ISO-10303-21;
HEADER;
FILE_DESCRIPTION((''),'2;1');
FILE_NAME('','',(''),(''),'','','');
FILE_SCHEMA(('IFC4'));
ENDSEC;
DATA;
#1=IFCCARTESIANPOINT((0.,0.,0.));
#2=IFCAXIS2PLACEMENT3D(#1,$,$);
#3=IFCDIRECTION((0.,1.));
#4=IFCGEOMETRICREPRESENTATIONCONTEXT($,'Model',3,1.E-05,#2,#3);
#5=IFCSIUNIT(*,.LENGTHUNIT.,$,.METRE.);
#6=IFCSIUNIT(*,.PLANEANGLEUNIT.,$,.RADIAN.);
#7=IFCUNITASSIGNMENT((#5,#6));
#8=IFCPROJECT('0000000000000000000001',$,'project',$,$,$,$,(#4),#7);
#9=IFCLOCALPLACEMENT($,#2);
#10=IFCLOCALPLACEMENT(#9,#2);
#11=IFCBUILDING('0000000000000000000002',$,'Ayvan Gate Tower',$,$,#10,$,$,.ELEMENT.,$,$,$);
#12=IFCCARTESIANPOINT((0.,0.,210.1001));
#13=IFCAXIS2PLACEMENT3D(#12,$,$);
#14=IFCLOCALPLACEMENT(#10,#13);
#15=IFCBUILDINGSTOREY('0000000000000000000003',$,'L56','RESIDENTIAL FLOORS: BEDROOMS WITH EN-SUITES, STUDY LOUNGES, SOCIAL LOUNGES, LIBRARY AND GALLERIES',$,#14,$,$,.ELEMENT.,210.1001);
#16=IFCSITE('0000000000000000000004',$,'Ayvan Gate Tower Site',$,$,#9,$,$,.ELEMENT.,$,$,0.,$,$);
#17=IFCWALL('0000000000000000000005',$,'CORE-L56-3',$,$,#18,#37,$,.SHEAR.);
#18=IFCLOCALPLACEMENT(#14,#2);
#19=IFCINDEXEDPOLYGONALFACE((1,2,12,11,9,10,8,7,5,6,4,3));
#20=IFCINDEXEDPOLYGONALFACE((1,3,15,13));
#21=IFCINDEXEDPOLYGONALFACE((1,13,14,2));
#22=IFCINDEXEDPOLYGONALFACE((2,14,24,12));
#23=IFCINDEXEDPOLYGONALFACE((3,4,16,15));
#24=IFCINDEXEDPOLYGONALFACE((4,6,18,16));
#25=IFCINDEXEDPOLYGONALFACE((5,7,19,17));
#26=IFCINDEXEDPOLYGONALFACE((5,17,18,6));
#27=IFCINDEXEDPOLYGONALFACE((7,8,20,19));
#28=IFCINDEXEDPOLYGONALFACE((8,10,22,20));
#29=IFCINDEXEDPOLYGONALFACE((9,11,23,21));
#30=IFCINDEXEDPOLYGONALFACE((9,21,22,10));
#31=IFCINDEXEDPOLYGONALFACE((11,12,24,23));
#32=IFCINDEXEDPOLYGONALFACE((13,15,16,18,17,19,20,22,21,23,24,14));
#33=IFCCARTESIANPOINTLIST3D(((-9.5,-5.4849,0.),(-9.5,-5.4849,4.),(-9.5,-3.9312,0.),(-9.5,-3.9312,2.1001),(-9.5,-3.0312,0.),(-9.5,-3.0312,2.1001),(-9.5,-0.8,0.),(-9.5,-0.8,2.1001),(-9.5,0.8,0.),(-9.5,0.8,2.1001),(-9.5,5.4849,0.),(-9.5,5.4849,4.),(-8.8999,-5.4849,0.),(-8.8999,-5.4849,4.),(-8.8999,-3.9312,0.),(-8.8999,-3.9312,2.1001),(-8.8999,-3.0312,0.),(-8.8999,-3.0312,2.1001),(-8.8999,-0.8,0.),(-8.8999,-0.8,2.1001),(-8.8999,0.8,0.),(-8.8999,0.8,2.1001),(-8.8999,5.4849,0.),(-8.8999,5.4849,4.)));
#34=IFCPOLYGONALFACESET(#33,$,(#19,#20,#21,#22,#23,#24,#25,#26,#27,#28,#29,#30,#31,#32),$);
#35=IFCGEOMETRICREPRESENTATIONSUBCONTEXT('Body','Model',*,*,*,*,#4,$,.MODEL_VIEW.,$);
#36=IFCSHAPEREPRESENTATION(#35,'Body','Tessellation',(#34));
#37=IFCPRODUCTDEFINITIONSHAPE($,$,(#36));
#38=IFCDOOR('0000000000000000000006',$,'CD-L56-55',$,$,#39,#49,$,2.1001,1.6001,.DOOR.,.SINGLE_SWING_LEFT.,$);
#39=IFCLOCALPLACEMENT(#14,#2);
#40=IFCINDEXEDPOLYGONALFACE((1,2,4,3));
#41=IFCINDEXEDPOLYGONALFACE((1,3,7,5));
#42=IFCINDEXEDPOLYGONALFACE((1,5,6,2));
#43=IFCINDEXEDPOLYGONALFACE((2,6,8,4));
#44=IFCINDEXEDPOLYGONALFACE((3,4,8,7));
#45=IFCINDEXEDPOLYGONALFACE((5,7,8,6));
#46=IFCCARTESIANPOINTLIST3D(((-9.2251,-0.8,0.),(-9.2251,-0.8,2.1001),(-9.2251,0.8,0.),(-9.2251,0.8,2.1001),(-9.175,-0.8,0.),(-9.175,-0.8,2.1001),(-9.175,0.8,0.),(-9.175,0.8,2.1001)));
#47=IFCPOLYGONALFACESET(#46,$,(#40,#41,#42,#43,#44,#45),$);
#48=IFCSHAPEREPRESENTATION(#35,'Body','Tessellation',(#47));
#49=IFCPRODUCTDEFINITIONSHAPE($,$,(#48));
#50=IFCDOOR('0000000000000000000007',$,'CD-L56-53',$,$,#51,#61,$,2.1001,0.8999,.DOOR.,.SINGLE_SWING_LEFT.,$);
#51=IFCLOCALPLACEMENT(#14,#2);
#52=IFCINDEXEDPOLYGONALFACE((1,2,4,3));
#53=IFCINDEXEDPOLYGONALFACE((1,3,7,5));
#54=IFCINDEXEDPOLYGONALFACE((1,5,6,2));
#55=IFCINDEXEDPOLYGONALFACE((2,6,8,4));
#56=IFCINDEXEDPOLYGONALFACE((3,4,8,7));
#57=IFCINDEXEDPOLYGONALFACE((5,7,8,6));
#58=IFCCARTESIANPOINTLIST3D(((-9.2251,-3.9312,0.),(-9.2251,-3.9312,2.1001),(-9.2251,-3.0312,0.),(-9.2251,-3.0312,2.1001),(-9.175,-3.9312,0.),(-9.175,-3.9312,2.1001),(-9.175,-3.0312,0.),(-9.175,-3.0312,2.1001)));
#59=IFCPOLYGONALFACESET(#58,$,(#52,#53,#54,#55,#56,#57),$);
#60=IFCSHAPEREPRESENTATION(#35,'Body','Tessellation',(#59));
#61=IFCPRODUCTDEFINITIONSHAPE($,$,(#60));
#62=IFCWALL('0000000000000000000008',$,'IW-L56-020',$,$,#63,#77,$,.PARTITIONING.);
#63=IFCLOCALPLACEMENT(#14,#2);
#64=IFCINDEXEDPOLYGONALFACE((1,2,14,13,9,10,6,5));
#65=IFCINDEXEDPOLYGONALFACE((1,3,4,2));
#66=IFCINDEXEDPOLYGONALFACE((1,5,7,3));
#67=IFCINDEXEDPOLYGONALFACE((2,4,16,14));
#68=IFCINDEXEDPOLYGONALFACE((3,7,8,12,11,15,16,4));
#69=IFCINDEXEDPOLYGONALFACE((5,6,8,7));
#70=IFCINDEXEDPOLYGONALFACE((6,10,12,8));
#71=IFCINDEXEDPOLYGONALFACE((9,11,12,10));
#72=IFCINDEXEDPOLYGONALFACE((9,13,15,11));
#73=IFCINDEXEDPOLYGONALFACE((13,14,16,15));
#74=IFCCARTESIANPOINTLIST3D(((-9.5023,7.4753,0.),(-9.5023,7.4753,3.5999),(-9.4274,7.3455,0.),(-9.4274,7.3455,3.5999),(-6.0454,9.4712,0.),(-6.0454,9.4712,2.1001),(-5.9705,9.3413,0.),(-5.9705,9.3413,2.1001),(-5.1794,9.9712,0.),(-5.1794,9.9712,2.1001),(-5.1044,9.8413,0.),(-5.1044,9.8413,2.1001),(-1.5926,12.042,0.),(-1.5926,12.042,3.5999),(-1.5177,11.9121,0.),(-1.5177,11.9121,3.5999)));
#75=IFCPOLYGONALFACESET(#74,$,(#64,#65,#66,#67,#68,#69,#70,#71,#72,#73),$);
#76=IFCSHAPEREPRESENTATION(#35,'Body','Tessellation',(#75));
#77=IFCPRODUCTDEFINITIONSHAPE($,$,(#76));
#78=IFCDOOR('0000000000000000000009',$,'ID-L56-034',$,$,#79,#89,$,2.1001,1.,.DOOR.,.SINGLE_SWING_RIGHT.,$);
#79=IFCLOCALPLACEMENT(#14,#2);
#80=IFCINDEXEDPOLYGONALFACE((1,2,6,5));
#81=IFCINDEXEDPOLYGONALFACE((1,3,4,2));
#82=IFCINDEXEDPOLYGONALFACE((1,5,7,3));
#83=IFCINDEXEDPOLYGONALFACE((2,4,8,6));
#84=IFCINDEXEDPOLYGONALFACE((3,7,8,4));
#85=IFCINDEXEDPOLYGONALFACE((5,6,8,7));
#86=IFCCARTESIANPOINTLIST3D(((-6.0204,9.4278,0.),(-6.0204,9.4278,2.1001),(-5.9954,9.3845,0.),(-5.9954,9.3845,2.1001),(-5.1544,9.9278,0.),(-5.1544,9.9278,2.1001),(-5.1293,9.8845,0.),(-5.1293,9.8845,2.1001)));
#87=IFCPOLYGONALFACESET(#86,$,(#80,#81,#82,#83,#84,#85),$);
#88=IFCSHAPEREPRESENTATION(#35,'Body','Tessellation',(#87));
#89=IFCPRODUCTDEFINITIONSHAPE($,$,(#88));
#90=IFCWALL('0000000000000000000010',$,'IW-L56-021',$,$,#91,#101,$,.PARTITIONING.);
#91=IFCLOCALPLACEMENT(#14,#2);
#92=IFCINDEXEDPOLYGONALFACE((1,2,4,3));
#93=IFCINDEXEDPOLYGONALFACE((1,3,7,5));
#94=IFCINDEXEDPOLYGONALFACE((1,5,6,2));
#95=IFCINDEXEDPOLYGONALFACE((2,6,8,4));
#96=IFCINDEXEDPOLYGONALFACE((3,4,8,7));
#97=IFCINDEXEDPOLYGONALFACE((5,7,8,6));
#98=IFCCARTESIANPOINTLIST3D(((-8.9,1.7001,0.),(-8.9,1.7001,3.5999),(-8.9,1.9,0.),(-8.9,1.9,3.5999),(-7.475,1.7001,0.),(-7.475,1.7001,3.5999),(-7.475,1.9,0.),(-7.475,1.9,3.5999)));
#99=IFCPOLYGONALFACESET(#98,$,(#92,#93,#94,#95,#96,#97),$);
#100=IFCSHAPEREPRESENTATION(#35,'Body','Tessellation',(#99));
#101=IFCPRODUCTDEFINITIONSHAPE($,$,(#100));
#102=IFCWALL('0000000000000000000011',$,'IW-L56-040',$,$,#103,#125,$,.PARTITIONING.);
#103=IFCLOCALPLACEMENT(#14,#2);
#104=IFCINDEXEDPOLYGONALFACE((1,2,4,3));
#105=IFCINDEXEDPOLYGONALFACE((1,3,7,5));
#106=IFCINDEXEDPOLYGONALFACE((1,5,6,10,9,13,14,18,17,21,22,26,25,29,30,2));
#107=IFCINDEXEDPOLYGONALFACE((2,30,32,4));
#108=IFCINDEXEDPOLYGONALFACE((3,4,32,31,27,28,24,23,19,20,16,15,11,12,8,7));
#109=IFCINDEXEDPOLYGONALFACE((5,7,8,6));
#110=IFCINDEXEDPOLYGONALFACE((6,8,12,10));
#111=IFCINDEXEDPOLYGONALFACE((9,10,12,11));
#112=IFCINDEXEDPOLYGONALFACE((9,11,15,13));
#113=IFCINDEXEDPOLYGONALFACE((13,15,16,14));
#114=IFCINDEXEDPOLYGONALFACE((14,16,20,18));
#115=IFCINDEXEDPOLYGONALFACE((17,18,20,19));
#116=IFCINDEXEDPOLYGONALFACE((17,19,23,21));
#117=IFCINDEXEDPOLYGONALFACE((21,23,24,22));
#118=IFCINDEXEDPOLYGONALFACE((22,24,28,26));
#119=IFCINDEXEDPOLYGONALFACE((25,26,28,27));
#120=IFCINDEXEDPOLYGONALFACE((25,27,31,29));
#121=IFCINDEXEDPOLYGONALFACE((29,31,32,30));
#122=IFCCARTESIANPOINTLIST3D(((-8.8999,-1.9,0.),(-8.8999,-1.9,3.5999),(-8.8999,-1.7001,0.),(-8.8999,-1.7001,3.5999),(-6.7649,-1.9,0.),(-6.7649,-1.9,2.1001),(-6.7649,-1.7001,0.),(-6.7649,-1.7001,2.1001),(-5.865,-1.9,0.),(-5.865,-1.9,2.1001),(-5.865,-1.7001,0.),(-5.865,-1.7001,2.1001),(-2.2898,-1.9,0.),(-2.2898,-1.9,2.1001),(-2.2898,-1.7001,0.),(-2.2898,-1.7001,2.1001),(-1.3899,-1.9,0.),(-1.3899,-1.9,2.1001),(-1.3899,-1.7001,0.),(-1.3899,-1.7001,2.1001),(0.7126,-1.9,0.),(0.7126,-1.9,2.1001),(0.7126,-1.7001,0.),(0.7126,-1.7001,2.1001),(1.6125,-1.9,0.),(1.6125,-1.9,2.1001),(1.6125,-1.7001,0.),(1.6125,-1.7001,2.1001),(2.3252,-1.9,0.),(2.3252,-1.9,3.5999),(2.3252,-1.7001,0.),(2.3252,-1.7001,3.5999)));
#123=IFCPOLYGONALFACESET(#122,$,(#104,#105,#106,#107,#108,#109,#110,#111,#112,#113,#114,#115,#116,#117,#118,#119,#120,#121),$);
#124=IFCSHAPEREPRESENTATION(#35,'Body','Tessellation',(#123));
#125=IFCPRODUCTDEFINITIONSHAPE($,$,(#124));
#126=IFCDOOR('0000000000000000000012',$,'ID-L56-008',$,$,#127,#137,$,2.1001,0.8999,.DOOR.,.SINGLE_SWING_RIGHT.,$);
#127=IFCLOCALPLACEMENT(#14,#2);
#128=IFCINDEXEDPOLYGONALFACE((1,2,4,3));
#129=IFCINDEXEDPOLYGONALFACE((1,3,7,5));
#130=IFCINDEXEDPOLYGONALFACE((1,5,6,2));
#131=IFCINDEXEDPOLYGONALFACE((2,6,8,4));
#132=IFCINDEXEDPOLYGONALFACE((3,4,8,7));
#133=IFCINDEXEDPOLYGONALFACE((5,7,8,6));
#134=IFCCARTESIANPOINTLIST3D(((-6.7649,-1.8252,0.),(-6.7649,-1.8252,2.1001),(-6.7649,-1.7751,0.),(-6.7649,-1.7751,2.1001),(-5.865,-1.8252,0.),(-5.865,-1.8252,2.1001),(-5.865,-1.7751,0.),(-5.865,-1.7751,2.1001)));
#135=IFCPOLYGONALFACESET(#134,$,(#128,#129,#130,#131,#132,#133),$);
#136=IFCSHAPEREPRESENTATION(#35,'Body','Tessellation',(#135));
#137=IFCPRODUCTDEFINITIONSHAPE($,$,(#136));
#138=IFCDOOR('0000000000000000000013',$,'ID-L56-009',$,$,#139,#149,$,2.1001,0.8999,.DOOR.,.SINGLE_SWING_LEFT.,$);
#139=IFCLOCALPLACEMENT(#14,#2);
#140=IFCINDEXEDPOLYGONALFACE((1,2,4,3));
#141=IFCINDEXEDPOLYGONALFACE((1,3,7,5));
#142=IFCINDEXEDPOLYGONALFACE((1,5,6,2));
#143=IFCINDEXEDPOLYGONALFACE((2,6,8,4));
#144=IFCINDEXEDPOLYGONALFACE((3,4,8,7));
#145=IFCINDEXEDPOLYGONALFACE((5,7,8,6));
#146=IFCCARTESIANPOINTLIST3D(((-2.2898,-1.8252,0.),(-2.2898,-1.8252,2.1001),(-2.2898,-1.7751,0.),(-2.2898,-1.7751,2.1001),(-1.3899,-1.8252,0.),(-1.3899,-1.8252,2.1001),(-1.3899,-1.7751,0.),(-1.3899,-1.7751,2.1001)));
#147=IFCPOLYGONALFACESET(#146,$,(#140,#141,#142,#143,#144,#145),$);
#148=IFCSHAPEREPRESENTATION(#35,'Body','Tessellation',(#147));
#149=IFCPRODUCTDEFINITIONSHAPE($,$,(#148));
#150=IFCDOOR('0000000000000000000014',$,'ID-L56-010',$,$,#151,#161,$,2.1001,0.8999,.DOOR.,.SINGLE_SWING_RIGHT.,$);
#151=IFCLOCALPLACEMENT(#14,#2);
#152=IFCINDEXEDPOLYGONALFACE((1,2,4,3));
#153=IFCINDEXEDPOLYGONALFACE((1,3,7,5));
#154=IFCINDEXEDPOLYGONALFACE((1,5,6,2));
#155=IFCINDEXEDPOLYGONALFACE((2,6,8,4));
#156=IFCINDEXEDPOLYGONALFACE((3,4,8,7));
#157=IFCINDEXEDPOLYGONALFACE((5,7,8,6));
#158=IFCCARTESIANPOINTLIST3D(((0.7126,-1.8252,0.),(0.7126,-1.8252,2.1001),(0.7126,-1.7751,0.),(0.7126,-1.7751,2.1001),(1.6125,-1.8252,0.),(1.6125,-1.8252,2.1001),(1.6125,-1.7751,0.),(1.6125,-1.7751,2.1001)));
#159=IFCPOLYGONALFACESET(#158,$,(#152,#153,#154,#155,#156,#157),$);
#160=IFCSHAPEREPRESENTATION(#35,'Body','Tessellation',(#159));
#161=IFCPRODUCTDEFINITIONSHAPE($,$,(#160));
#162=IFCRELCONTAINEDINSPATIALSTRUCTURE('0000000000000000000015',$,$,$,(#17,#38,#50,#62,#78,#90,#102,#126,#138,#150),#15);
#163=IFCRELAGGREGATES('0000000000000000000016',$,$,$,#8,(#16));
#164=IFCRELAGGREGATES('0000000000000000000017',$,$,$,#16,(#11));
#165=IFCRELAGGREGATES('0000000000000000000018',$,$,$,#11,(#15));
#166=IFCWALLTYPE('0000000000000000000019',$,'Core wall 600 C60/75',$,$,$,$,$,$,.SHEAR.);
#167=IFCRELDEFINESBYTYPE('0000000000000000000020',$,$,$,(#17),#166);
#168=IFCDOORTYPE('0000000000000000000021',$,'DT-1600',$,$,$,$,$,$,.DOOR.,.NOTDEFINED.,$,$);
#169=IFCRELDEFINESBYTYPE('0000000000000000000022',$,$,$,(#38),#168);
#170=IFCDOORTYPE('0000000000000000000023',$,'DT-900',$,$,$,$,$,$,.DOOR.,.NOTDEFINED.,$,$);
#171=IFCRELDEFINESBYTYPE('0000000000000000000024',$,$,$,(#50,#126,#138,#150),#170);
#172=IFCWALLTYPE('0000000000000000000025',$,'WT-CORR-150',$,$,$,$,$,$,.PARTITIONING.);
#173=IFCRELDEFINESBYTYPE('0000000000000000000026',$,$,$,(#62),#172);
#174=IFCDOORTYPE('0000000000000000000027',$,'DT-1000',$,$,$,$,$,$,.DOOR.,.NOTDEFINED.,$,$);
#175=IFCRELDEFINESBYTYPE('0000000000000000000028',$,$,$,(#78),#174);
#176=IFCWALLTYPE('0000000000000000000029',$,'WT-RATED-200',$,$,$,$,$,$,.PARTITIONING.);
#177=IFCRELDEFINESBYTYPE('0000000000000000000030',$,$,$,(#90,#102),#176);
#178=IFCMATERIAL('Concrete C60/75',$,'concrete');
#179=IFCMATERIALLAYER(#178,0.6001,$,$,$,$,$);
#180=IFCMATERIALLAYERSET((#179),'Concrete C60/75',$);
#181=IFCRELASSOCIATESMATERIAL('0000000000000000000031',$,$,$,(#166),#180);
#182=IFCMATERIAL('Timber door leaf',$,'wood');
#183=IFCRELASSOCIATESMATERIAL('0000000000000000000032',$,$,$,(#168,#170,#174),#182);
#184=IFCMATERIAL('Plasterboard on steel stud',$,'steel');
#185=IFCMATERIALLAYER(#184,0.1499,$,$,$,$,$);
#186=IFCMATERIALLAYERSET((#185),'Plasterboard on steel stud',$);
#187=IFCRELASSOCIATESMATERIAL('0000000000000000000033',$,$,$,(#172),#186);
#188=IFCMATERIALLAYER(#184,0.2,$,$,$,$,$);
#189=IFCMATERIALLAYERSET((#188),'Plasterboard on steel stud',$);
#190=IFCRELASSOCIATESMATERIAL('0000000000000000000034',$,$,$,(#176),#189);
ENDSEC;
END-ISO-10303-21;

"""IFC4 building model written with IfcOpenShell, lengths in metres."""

from ifc_helpers import new_model, si_unit, direction, frame, frame_2d, origin, place, context, subcontext, project, spatial, rectangle, extrude, material, layer, layer_set, type_object, element, fill, save


model = new_model("IFC4")

# Units and contexts
model_context = context("Model", 3, precision=1e-05, world=origin(), true_north=direction((0.0, 1.0)))
body_context = subcontext(model_context, "Body", "Model", "MODEL_VIEW")
ifc_project = project(units=[si_unit("LENGTHUNIT", "METRE"), si_unit("PLANEANGLEUNIT", "RADIAN")], contexts=[model_context])

# Site, building, storey
site_placement = place(None, origin())
site = spatial("IfcSite", under=ifc_project, at=site_placement, Name="Ayvan Gate Tower Site", CompositionType="ELEMENT", RefElevation=0.0)
building_placement = place(site_placement, origin())
building = spatial("IfcBuilding", under=site, at=building_placement, Name="Ayvan Gate Tower", CompositionType="ELEMENT")
storey_placement = place(building_placement, frame((0.0, 0.0, 210.1001)))
storey = spatial("IfcBuildingStorey", under=building, at=storey_placement, Name="L56", Description="RESIDENTIAL FLOORS: BEDROOMS WITH EN-SUITES, STUDY LOUNGES, SOCIAL LOUNGES, LIBRARY AND GALLERIES", CompositionType="ELEMENT", Elevation=210.1001)

# Wall, openings, doors
ifc_material_1 = material(Name="Concrete C60/75", Category="concrete")
ifc_layer_1 = layer(ifc_material_1, 0.6001)
ifc_layer_set_1 = layer_set([ifc_layer_1], Name="Concrete C60/75")
wall_type_1 = type_object("IfcWallType", Name="Core wall 600 C60/75", PredefinedType="SHEAR", material=ifc_layer_set_1)
wall_1_placement = place(storey_placement, frame((-9.2, 5.4849, 0.0), z_axis=(0.0, 0.0, 1.0), x_axis=(0.0, -1.0, 0.0)))
wall_1 = element("IfcWall", 1, at=wall_1_placement, inside=storey, type_object=wall_type_1, Name="CORE-L56-3", PredefinedType="SHEAR", context=body_context, shape_type="SweptSolid", body=[
    extrude(rectangle(XDim=10.9697, YDim=0.6001, at=frame_2d((5.4849, 0.0))), origin(), (0.0, 0.0, 1.0), 4.0),
])
opening_1_placement = place(wall_1_placement, frame((8.5161, 0.0, 0.0)))
opening_1 = element("IfcOpeningElement", 2, at=opening_1_placement, cuts=wall_1, PredefinedType="OPENING", context=body_context, shape_type="SweptSolid", body=[
    extrude(rectangle(XDim=0.8999, YDim=2.1001, at=frame_2d((0.45, 1.05))), frame((0.0, 0.3101, 0.0), z_axis=(0.0, -1.0, 0.0), x_axis=(1.0, 0.0, 0.0)), (0.0, 0.0, 1.0), 0.6201),
])
opening_2_placement = place(wall_1_placement, frame((4.6848, 0.0, 0.0)))
opening_2 = element("IfcOpeningElement", 3, at=opening_2_placement, cuts=wall_1, PredefinedType="OPENING", context=body_context, shape_type="SweptSolid", body=[
    extrude(rectangle(XDim=1.6001, YDim=2.1001, at=frame_2d((0.8, 1.05))), frame((0.0, 0.3101, 0.0), z_axis=(0.0, -1.0, 0.0), x_axis=(1.0, 0.0, 0.0)), (0.0, 0.0, 1.0), 0.6201),
])
ifc_material_2 = material(Name="Timber door leaf", Category="wood")
door_type_1 = type_object("IfcDoorType", Name="DT-1600", OperationType="NOTDEFINED", PredefinedType="DOOR", material=ifc_material_2)
door_1_placement = place(opening_2_placement, origin())
door_1 = element("IfcDoor", 4, at=door_1_placement, inside=storey, type_object=door_type_1, Name="CD-L56-55", OperationType="SINGLE_SWING_LEFT", OverallHeight=2.1001, OverallWidth=1.6001, PredefinedType="DOOR", context=body_context, shape_type="SweptSolid", body=[
    extrude(rectangle(XDim=1.6001, YDim=2.1001, at=frame_2d((0.8, 1.05))), frame((0.0, 0.0249, 0.0), z_axis=(0.0, -1.0, 0.0), x_axis=(1.0, 0.0, 0.0)), (0.0, 0.0, 1.0), 0.05),
])
fill(opening_2, door_1)
door_type_2 = type_object("IfcDoorType", Name="DT-900", OperationType="NOTDEFINED", PredefinedType="DOOR", material=ifc_material_2)
door_2_placement = place(opening_1_placement, origin())
door_2 = element("IfcDoor", 5, at=door_2_placement, inside=storey, type_object=door_type_2, Name="CD-L56-53", OperationType="SINGLE_SWING_LEFT", OverallHeight=2.1001, OverallWidth=0.8999, PredefinedType="DOOR", context=body_context, shape_type="SweptSolid", body=[
    extrude(rectangle(XDim=0.8999, YDim=2.1001, at=frame_2d((0.45, 1.05))), frame((0.0, 0.0249, 0.0), z_axis=(0.0, -1.0, 0.0), x_axis=(1.0, 0.0, 0.0)), (0.0, 0.0, 1.0), 0.05),
])
fill(opening_1, door_2)

# Wall, opening, door
ifc_material_3 = material(Name="Plasterboard on steel stud", Category="steel")
ifc_layer_2 = layer(ifc_material_3, 0.1499)
ifc_layer_set_2 = layer_set([ifc_layer_2], Name="Plasterboard on steel stud")
wall_type_2 = type_object("IfcWallType", Name="WT-CORR-150", PredefinedType="PARTITIONING", material=ifc_layer_set_2)
wall_2_placement = place(storey_placement, frame((-9.4648, 7.4104, 0.0), z_axis=(0.0, 0.0, 1.0), x_axis=(0.866025, 0.5, 0.0)))
wall_2 = element("IfcWall", 6, at=wall_2_placement, inside=storey, type_object=wall_type_2, Name="IW-L56-020", PredefinedType="PARTITIONING", context=body_context, shape_type="SweptSolid", body=[
    extrude(rectangle(XDim=9.1333, YDim=0.1499, at=frame_2d((4.5667, 0.0))), origin(), (0.0, 0.0, 1.0), 3.5999),
])
opening_3_placement = place(wall_2_placement, frame((3.9917, 0.0, 0.0)))
opening_3 = element("IfcOpeningElement", 7, at=opening_3_placement, cuts=wall_2, PredefinedType="OPENING", context=body_context, shape_type="SweptSolid", body=[
    extrude(rectangle(XDim=1.0, YDim=2.1001, at=frame_2d((0.5, 1.05))), frame((0.0, 0.085, 0.0), z_axis=(0.0, -1.0, 0.0), x_axis=(1.0, 0.0, 0.0)), (0.0, 0.0, 1.0), 0.1699),
])
door_type_3 = type_object("IfcDoorType", Name="DT-1000", OperationType="NOTDEFINED", PredefinedType="DOOR", material=ifc_material_2)
door_3_placement = place(opening_3_placement, origin())
door_3 = element("IfcDoor", 8, at=door_3_placement, inside=storey, type_object=door_type_3, Name="ID-L56-034", OperationType="SINGLE_SWING_RIGHT", OverallHeight=2.1001, OverallWidth=1.0, PredefinedType="DOOR", context=body_context, shape_type="SweptSolid", body=[
    extrude(rectangle(XDim=1.0, YDim=2.1001, at=frame_2d((0.5, 1.05))), frame((0.0, 0.0249, 0.0), z_axis=(0.0, -1.0, 0.0), x_axis=(1.0, 0.0, 0.0)), (0.0, 0.0, 1.0), 0.05),
])
fill(opening_3, door_3)

# Wall
ifc_layer_3 = layer(ifc_material_3, 0.2)
ifc_layer_set_3 = layer_set([ifc_layer_3], Name="Plasterboard on steel stud")
wall_type_3 = type_object("IfcWallType", Name="WT-RATED-200", PredefinedType="PARTITIONING", material=ifc_layer_set_3)
wall_3_placement = place(storey_placement, frame((-8.8999, 1.8, 0.0), z_axis=(0.0, 0.0, 1.0), x_axis=(1.0, 0.0, 0.0)))
element("IfcWall", 9, at=wall_3_placement, inside=storey, type_object=wall_type_3, Name="IW-L56-021", PredefinedType="PARTITIONING", context=body_context, shape_type="SweptSolid", body=[
    extrude(rectangle(XDim=1.425, YDim=0.2, at=frame_2d((0.7124, 0.0))), origin(), (0.0, 0.0, 1.0), 3.5999),
])

# Wall, openings, doors
wall_4_placement = place(storey_placement, frame((-8.8999, -1.8, 0.0), z_axis=(0.0, 0.0, 1.0), x_axis=(1.0, 0.0, 0.0)))
wall_4 = element("IfcWall", 10, at=wall_4_placement, inside=storey, type_object=wall_type_3, Name="IW-L56-040", PredefinedType="PARTITIONING", context=body_context, shape_type="SweptSolid", body=[
    extrude(rectangle(XDim=11.2251, YDim=0.2, at=frame_2d((5.6125, 0.0))), origin(), (0.0, 0.0, 1.0), 3.5999),
])
opening_4_placement = place(wall_4_placement, frame((2.135, 0.0, 0.0)))
opening_4 = element("IfcOpeningElement", 11, at=opening_4_placement, cuts=wall_4, PredefinedType="OPENING", context=body_context, shape_type="SweptSolid", body=[
    extrude(rectangle(XDim=0.8999, YDim=2.1001, at=frame_2d((0.45, 1.05))), frame((0.0, 0.1099, 0.0), z_axis=(0.0, -1.0, 0.0), x_axis=(1.0, 0.0, 0.0)), (0.0, 0.0, 1.0), 0.22),
])
opening_5_placement = place(wall_4_placement, frame((6.6101, 0.0, 0.0)))
opening_5 = element("IfcOpeningElement", 12, at=opening_5_placement, cuts=wall_4, PredefinedType="OPENING", context=body_context, shape_type="SweptSolid", body=[
    extrude(rectangle(XDim=0.8999, YDim=2.1001, at=frame_2d((0.45, 1.05))), frame((0.0, 0.1099, 0.0), z_axis=(0.0, -1.0, 0.0), x_axis=(1.0, 0.0, 0.0)), (0.0, 0.0, 1.0), 0.22),
])
opening_6_placement = place(wall_4_placement, frame((9.6125, 0.0, 0.0)))
opening_6 = element("IfcOpeningElement", 13, at=opening_6_placement, cuts=wall_4, PredefinedType="OPENING", context=body_context, shape_type="SweptSolid", body=[
    extrude(rectangle(XDim=0.8999, YDim=2.1001, at=frame_2d((0.45, 1.05))), frame((0.0, 0.1099, 0.0), z_axis=(0.0, -1.0, 0.0), x_axis=(1.0, 0.0, 0.0)), (0.0, 0.0, 1.0), 0.22),
])
door_4_placement = place(opening_4_placement, origin())
door_4 = element("IfcDoor", 14, at=door_4_placement, inside=storey, type_object=door_type_2, Name="ID-L56-008", OperationType="SINGLE_SWING_RIGHT", OverallHeight=2.1001, OverallWidth=0.8999, PredefinedType="DOOR", context=body_context, shape_type="SweptSolid", body=[
    extrude(rectangle(XDim=0.8999, YDim=2.1001, at=frame_2d((0.45, 1.05))), frame((0.0, 0.0249, 0.0), z_axis=(0.0, -1.0, 0.0), x_axis=(1.0, 0.0, 0.0)), (0.0, 0.0, 1.0), 0.05),
])
fill(opening_4, door_4)
door_5_placement = place(opening_5_placement, origin())
door_5 = element("IfcDoor", 15, at=door_5_placement, inside=storey, type_object=door_type_2, Name="ID-L56-009", OperationType="SINGLE_SWING_LEFT", OverallHeight=2.1001, OverallWidth=0.8999, PredefinedType="DOOR", context=body_context, shape_type="SweptSolid", body=[
    extrude(rectangle(XDim=0.8999, YDim=2.1001, at=frame_2d((0.45, 1.05))), frame((0.0, 0.0249, 0.0), z_axis=(0.0, -1.0, 0.0), x_axis=(1.0, 0.0, 0.0)), (0.0, 0.0, 1.0), 0.05),
])
fill(opening_5, door_5)
door_6_placement = place(opening_6_placement, origin())
door_6 = element("IfcDoor", 16, at=door_6_placement, inside=storey, type_object=door_type_2, Name="ID-L56-010", OperationType="SINGLE_SWING_RIGHT", OverallHeight=2.1001, OverallWidth=0.8999, PredefinedType="DOOR", context=body_context, shape_type="SweptSolid", body=[
    extrude(rectangle(XDim=0.8999, YDim=2.1001, at=frame_2d((0.45, 1.05))), frame((0.0, 0.0249, 0.0), z_axis=(0.0, -1.0, 0.0), x_axis=(1.0, 0.0, 0.0)), (0.0, 0.0, 1.0), 0.05),
])
fill(opening_6, door_6)

save(model, "model.ifc")
